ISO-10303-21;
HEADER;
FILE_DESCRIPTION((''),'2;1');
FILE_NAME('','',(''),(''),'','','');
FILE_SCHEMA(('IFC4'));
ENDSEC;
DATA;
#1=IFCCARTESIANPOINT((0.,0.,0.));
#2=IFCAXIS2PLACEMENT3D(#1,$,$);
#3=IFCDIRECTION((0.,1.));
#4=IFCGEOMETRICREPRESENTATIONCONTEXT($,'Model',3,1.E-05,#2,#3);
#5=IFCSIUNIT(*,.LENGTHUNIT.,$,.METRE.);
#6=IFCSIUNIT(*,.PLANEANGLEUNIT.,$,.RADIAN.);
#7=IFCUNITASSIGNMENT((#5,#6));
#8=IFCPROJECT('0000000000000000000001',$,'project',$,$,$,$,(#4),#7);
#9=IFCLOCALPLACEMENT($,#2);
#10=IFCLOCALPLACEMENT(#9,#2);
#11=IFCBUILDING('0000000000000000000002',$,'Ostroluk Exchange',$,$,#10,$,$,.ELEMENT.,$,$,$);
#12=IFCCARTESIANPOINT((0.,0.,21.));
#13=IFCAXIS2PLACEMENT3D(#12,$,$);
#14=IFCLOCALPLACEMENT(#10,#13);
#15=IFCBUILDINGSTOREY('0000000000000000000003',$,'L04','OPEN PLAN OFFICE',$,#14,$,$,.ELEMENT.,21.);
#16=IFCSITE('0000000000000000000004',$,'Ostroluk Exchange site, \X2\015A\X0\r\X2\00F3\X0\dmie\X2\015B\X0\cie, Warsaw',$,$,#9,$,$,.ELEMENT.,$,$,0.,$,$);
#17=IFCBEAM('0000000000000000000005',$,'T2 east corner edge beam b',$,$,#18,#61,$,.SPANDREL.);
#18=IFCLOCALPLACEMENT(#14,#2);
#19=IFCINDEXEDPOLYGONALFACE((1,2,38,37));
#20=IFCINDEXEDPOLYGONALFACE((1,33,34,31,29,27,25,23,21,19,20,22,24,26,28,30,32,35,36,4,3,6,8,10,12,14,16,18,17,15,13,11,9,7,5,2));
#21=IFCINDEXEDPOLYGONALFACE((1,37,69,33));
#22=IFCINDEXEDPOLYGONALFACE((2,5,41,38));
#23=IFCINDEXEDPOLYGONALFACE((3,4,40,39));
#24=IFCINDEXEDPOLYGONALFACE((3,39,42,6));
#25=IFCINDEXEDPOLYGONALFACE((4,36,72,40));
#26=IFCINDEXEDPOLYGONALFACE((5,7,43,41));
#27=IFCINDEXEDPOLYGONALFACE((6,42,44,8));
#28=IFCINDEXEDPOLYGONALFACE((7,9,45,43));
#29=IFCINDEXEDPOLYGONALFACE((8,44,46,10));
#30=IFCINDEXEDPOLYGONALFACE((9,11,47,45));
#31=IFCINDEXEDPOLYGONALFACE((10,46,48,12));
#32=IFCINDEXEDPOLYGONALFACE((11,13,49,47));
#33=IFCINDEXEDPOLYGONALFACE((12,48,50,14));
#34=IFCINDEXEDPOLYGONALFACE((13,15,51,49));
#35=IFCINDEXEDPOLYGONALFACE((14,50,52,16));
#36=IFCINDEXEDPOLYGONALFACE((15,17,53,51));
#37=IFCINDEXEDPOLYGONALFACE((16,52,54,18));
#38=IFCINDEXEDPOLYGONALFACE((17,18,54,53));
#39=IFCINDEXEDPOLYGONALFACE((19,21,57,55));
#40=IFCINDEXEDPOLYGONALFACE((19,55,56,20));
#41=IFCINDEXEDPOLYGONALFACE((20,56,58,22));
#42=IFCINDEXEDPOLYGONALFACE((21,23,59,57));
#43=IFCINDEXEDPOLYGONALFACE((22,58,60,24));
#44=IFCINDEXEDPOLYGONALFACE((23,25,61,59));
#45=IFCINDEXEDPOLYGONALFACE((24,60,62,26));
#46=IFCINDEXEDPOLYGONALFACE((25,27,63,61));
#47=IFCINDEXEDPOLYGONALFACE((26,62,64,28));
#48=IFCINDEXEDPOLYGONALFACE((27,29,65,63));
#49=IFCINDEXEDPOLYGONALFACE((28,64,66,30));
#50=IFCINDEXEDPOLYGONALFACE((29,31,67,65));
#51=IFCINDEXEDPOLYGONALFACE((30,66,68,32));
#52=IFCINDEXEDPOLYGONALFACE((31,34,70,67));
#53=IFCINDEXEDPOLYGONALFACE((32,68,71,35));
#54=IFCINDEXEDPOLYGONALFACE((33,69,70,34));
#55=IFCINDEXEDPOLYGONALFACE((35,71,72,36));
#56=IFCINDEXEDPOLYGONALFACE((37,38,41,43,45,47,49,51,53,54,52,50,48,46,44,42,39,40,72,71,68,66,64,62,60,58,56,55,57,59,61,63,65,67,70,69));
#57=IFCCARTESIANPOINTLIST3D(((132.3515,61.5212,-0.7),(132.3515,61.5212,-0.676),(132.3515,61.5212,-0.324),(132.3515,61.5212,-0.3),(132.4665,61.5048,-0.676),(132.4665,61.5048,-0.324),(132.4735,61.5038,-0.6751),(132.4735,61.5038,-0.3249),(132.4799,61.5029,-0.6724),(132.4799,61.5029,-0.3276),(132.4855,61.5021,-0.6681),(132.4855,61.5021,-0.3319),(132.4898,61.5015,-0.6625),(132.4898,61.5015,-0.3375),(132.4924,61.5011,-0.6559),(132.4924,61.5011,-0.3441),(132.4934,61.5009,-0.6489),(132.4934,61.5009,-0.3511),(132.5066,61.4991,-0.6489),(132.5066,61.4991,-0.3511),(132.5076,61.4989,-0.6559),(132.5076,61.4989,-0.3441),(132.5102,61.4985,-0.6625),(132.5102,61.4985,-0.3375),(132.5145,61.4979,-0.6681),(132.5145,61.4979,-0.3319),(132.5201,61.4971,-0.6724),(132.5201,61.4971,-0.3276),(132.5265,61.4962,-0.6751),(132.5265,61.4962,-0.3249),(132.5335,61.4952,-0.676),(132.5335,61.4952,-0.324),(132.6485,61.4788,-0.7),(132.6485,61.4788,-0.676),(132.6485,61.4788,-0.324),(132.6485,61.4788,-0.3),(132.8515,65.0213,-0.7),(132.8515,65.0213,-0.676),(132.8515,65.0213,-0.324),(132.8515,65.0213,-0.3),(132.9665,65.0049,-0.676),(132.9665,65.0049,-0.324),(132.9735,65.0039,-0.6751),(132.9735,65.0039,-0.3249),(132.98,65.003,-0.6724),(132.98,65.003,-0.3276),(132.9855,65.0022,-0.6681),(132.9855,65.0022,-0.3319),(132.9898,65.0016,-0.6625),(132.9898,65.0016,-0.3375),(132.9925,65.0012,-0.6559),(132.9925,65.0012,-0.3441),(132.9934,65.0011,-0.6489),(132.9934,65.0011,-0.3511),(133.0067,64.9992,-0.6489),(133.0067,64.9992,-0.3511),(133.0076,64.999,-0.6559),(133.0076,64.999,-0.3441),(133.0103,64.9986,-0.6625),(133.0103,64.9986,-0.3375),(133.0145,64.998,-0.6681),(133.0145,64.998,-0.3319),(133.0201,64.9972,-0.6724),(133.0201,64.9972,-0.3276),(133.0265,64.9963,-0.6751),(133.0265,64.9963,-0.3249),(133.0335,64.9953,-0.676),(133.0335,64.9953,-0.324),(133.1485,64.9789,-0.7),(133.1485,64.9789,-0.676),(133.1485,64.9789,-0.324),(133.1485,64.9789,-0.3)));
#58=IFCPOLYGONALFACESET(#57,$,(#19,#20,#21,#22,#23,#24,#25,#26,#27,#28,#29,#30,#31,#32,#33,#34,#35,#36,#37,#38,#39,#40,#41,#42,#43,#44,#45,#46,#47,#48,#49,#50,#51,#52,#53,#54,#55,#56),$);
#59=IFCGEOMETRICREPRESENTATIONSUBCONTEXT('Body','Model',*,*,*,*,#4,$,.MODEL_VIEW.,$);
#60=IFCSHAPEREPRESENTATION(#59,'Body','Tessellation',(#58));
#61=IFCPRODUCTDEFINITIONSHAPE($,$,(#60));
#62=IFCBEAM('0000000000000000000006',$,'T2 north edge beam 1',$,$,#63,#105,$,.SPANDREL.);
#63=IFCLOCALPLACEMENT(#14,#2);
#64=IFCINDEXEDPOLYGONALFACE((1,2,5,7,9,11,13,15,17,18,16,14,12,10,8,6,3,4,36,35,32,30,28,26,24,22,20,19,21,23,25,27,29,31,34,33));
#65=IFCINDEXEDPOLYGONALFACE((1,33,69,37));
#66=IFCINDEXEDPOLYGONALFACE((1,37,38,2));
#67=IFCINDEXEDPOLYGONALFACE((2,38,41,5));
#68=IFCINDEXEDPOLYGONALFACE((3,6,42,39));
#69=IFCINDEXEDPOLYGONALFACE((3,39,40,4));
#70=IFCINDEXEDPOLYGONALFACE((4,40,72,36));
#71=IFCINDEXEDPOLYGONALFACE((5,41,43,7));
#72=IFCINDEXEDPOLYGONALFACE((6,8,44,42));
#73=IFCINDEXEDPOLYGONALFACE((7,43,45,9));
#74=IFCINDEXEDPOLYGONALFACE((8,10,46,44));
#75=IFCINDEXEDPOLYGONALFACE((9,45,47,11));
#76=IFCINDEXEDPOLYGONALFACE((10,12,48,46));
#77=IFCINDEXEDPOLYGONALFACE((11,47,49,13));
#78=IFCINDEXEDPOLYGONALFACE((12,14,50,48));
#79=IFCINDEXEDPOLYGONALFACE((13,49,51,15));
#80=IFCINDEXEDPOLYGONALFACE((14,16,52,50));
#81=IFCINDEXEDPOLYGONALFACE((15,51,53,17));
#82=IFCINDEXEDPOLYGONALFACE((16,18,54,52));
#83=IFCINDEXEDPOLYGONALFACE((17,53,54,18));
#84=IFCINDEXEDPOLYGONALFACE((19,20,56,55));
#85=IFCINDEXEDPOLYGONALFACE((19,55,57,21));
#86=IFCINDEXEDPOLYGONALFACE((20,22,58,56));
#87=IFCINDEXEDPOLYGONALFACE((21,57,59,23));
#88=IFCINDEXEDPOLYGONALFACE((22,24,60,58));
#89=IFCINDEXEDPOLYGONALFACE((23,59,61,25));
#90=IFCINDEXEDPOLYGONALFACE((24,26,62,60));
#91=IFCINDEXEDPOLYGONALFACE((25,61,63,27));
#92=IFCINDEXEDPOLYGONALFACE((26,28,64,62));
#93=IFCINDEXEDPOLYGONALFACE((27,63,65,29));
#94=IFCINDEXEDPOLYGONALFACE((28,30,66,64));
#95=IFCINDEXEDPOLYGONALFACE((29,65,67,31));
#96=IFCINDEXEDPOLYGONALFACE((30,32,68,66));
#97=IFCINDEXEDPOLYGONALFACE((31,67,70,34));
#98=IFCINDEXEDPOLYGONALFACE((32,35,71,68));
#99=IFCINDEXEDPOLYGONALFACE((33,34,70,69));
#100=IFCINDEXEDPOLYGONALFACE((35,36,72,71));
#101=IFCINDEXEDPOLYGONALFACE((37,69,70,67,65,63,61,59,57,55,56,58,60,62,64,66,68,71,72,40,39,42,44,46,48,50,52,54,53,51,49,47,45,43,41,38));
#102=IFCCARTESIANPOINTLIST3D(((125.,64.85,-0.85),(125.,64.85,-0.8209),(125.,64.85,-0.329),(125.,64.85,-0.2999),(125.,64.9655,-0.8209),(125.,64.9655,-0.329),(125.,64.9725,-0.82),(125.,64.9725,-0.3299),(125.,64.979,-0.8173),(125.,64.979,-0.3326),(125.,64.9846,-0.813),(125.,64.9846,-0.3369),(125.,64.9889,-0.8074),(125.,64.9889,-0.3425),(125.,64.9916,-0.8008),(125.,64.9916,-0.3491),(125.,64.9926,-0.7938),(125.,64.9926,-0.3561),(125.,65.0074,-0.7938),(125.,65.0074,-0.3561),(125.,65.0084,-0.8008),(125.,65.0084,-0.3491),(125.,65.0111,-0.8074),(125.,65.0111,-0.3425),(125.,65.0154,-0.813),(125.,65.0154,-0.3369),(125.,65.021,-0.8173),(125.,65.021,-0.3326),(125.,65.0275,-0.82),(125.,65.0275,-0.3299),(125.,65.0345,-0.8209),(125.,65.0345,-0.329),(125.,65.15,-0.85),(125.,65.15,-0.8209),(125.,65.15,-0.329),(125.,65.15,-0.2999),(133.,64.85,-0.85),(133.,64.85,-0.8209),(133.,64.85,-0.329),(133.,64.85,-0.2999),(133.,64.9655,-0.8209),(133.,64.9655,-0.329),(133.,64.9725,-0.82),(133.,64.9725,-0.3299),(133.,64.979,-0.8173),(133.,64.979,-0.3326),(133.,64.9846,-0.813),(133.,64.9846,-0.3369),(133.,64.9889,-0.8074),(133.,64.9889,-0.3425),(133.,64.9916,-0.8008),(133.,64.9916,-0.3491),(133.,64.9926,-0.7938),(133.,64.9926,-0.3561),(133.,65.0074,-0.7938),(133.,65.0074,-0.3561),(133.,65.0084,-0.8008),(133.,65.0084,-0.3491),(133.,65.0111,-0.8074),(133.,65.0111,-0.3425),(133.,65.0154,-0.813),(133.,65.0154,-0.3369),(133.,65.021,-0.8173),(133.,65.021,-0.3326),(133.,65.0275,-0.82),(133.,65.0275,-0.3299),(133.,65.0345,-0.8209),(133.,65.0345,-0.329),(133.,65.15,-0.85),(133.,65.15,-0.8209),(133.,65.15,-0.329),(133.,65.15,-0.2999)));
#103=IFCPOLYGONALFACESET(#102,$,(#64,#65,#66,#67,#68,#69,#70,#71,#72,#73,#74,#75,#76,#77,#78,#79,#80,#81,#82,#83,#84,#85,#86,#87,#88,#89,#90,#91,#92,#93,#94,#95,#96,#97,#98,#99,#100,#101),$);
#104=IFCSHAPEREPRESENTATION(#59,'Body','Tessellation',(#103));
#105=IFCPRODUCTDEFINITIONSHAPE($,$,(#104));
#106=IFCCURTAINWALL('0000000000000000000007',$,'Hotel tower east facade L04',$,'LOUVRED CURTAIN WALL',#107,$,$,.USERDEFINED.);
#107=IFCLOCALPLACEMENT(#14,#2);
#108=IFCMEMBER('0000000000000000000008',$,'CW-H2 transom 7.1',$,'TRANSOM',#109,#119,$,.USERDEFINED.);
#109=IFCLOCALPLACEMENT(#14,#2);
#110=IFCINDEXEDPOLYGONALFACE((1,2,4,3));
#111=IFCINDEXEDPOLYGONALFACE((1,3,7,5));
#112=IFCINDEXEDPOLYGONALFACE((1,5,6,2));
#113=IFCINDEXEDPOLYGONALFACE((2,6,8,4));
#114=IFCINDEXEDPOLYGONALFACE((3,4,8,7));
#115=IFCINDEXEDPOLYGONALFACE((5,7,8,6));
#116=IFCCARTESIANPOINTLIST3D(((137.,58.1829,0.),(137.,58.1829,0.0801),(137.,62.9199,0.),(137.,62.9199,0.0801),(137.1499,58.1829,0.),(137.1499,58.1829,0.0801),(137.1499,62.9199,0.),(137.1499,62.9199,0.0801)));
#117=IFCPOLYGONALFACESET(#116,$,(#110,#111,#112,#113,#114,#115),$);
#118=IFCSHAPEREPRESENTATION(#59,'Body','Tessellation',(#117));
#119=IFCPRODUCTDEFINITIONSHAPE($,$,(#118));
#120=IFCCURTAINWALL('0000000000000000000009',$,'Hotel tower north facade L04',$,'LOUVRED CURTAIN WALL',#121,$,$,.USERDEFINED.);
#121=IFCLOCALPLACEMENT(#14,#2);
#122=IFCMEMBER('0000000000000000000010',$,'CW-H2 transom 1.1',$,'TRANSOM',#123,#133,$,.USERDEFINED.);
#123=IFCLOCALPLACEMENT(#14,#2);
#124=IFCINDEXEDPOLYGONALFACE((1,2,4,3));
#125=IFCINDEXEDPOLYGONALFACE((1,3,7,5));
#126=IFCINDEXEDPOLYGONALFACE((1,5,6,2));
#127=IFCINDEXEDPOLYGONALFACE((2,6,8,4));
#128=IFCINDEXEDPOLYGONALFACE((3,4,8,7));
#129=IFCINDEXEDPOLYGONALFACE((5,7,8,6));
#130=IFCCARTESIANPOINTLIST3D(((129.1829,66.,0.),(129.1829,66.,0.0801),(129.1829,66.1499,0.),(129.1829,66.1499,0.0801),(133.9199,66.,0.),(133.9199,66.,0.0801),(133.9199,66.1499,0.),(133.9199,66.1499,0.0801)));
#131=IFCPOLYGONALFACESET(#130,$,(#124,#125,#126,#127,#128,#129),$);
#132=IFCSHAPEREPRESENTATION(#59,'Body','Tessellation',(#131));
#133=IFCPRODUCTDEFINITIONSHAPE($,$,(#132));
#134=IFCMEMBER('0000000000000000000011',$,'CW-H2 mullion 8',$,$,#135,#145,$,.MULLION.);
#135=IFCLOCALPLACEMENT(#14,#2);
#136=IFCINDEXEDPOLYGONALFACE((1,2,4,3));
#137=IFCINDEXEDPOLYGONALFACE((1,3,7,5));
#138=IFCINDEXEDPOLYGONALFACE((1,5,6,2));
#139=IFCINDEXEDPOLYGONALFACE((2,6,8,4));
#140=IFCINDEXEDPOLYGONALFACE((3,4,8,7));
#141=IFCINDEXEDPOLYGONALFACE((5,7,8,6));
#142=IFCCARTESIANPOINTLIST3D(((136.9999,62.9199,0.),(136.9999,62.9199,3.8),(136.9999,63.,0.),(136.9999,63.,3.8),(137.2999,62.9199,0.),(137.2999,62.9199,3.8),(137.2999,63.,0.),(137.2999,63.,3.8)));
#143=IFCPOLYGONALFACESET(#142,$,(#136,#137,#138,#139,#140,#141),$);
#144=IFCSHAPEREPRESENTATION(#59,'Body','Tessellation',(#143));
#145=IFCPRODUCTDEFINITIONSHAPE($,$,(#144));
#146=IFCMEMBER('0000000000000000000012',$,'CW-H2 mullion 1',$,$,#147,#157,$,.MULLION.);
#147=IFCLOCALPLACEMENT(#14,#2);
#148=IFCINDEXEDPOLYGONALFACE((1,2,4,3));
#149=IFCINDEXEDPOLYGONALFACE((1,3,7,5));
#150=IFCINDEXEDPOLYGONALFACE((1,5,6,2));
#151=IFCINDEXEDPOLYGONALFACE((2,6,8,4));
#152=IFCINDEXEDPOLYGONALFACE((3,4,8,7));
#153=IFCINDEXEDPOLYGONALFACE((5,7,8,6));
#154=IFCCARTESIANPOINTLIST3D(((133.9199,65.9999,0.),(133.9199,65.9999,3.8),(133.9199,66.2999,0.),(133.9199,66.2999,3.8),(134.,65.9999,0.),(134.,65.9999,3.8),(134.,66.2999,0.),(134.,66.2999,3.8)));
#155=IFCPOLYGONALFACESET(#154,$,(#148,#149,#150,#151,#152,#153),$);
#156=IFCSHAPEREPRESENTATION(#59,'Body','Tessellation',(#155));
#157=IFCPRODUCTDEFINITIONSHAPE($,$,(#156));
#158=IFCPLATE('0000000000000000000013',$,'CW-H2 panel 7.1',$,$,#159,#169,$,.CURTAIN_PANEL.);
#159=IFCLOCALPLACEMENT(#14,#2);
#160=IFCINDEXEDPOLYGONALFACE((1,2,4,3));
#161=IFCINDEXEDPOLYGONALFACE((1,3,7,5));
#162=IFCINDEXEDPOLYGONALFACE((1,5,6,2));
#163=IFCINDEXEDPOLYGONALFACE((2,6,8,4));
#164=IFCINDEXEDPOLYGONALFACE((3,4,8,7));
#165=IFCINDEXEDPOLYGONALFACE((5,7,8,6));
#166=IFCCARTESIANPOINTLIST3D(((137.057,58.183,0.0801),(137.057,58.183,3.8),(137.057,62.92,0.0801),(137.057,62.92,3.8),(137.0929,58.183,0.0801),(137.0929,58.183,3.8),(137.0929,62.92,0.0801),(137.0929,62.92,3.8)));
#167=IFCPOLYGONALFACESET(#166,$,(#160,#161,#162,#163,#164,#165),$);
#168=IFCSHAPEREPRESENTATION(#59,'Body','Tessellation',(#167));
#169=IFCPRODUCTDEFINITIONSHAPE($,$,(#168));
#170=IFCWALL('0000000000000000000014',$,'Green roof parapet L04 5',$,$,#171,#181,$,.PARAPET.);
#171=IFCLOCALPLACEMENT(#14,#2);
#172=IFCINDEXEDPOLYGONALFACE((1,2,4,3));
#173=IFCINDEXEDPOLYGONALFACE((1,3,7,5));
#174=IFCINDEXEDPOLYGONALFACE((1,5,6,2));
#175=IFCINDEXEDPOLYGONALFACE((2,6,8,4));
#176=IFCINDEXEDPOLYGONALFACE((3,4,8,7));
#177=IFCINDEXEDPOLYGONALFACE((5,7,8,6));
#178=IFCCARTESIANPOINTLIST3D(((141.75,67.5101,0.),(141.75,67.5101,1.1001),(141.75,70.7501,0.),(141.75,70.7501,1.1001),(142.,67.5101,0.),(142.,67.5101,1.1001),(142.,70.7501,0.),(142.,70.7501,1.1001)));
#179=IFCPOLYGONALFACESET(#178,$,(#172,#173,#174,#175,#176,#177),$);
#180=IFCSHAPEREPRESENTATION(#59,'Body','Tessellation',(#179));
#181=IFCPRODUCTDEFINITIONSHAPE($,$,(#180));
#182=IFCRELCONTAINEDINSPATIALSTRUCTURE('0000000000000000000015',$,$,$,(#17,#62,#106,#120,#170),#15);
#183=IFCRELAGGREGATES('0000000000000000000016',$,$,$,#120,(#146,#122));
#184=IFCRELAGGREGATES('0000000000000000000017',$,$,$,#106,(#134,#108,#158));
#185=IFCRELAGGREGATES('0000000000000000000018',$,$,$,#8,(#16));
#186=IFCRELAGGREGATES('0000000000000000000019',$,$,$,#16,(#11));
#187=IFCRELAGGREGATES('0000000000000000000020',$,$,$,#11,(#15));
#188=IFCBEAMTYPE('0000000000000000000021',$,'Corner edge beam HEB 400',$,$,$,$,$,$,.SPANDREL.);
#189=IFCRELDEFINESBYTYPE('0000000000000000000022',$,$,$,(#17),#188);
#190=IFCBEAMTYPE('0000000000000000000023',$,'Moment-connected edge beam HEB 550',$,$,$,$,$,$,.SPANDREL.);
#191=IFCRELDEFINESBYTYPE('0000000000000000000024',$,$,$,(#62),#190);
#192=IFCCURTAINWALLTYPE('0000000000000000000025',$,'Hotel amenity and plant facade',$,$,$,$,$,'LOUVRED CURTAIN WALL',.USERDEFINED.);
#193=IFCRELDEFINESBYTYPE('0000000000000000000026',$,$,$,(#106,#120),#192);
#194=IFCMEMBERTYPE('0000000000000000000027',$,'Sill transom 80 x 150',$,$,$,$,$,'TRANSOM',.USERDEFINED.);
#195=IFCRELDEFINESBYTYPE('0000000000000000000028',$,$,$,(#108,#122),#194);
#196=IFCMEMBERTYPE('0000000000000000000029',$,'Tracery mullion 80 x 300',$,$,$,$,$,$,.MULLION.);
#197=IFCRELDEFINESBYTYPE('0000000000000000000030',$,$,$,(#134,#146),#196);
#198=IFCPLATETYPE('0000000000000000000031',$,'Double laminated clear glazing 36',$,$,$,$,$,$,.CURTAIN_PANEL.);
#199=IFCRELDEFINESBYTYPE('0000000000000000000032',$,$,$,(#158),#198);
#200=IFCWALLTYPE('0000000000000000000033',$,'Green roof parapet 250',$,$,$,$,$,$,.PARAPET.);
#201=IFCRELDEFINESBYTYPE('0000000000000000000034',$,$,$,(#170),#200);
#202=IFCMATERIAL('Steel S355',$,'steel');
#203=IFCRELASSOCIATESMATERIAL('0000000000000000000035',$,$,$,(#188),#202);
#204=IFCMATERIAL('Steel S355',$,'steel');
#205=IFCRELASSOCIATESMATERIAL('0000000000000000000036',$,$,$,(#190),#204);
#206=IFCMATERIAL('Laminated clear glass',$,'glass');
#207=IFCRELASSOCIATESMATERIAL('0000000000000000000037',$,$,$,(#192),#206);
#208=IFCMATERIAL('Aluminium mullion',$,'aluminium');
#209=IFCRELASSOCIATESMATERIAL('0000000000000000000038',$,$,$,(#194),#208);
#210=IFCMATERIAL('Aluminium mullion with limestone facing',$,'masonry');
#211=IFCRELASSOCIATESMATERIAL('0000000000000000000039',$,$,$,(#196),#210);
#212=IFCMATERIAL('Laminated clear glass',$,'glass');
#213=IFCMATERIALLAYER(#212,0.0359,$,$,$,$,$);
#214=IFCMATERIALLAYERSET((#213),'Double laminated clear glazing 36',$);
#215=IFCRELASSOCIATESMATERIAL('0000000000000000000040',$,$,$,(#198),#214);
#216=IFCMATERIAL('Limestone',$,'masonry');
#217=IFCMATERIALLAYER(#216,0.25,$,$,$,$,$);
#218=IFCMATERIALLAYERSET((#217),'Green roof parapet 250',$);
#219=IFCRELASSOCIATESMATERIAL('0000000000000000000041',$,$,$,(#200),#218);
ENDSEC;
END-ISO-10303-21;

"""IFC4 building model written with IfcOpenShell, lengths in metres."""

from ifc_helpers import new_model, si_unit, direction, frame, frame_2d, origin, origin_2d, place, context, subcontext, project, spatial, rectangle, i_section, extrude, material, layer, layer_set, material_profile, profile_set, type_object, element, aggregate, save


model = new_model("IFC4")

# Units and contexts
model_context = context("Model", 3, precision=1e-05, world=origin(), true_north=direction((0.0, 1.0)))
body_context = subcontext(model_context, "Body", "Model", "MODEL_VIEW")
ifc_project = project(units=[si_unit("LENGTHUNIT", "METRE"), si_unit("PLANEANGLEUNIT", "RADIAN")], contexts=[model_context])

# Site, building, storey
site_placement = place(None, origin())
site = spatial("IfcSite", under=ifc_project, at=site_placement, Name="Ostroluk Exchange site, Śródmieście, Warsaw", CompositionType="ELEMENT", RefElevation=0.0)
building_placement = place(site_placement, origin())
building = spatial("IfcBuilding", under=site, at=building_placement, Name="Ostroluk Exchange", CompositionType="ELEMENT")
storey_placement = place(building_placement, frame((0.0, 0.0, 21.0)))
storey = spatial("IfcBuildingStorey", under=building, at=storey_placement, Name="L04", Description="OPEN PLAN OFFICE", CompositionType="ELEMENT", Elevation=21.0)

# Beams
ifc_material_1 = material(Name="Steel S355", Category="steel")
ifc_material_profile_1 = material_profile(ifc_material_1, i_section(OverallWidth=0.3, OverallDepth=0.3999, WebThickness=0.0134, FlangeThickness=0.0239, FilletRadius=0.0271, at=origin_2d()), Name="HEB 400")
ifc_profile_set_1 = profile_set([ifc_material_profile_1], Name="Steel S355")
beam_type_1 = type_object("IfcBeamType", Name="Corner edge beam HEB 400", PredefinedType="SPANDREL", material=ifc_profile_set_1)
for number, where, z_axis, x_axis, name in (
    (1, (132.5, 61.5, -0.5), (0.141421, 0.989949, 0.0), (-0.989949, 0.141421, 0.0), "T2 east corner edge beam b"),
):
    element("IfcBeam", number, at=place(storey_placement, frame(where, z_axis=z_axis, x_axis=x_axis)), inside=storey, type_object=beam_type_1, Name=name, PredefinedType="SPANDREL", context=body_context, shape_type="SweptSolid", body=[
        extrude(i_section(OverallWidth=0.3, OverallDepth=0.3999, WebThickness=0.0134, FlangeThickness=0.0239, FilletRadius=0.0271, at=origin_2d()), origin(), (0.0, 0.0, 1.0), 3.5356),
    ])
ifc_material_2 = material(Name="Steel S355", Category="steel")
ifc_material_profile_2 = material_profile(ifc_material_2, i_section(OverallWidth=0.3, OverallDepth=0.55, WebThickness=0.0149, FlangeThickness=0.0291, FilletRadius=0.0271, at=origin_2d()), Name="HEB 550")
ifc_profile_set_2 = profile_set([ifc_material_profile_2], Name="Steel S355")
beam_type_2 = type_object("IfcBeamType", Name="Moment-connected edge beam HEB 550", PredefinedType="SPANDREL", material=ifc_profile_set_2)
beam_placement = place(storey_placement, frame((133.0, 65.0, -0.575), z_axis=(-1.0, 0.0, 0.0), x_axis=(0.0, -1.0, 0.0)))
element("IfcBeam", 2, at=beam_placement, inside=storey, type_object=beam_type_2, Name="T2 north edge beam 1", PredefinedType="SPANDREL", context=body_context, shape_type="SweptSolid", body=[
    extrude(i_section(OverallWidth=0.3, OverallDepth=0.55, WebThickness=0.0149, FlangeThickness=0.0291, FilletRadius=0.0271, at=origin_2d()), origin(), (0.0, 0.0, 1.0), 8.0),
])

# Curtain walls, members
ifc_material_3 = material(Name="Laminated clear glass", Category="glass")
curtain_wall_type = type_object("IfcCurtainWallType", Name="Hotel amenity and plant facade", ElementType="LOUVRED CURTAIN WALL", PredefinedType="USERDEFINED", material=ifc_material_3)
curtain_wall_1_placement = place(storey_placement, origin())
curtain_wall_1 = element("IfcCurtainWall", 3, at=curtain_wall_1_placement, inside=storey, type_object=curtain_wall_type, Name="Hotel tower east facade L04", ObjectType="LOUVRED CURTAIN WALL", PredefinedType="USERDEFINED")
ifc_material_4 = material(Name="Aluminium mullion", Category="aluminium")
ifc_material_profile_3 = material_profile(ifc_material_4, rectangle(XDim=0.1499, YDim=0.0801, at=origin_2d()), Name="Sill transom 80 x 150")
ifc_profile_set_3 = profile_set([ifc_material_profile_3], Name="Aluminium mullion")
member_type_1 = type_object("IfcMemberType", Name="Sill transom 80 x 150", ElementType="TRANSOM", PredefinedType="USERDEFINED", material=ifc_profile_set_3)
member_1_placement = place(storey_placement, frame((137.075, 58.1829, 0.04), z_axis=(0.0, 1.0, 0.0), x_axis=(-1.0, 0.0, 0.0)))
member_1 = element("IfcMember", 4, at=member_1_placement, type_object=member_type_1, Name="CW-H2 transom 7.1", ObjectType="TRANSOM", PredefinedType="USERDEFINED", context=body_context, shape_type="SweptSolid", body=[
    extrude(rectangle(XDim=0.1499, YDim=0.0801, at=origin_2d()), origin(), (0.0, 0.0, 1.0), 4.7371),
])
curtain_wall_2_placement = place(storey_placement, origin())
curtain_wall_2 = element("IfcCurtainWall", 5, at=curtain_wall_2_placement, inside=storey, type_object=curtain_wall_type, Name="Hotel tower north facade L04", ObjectType="LOUVRED CURTAIN WALL", PredefinedType="USERDEFINED")
member_2_placement = place(storey_placement, frame((133.9199, 66.075, 0.04), z_axis=(-1.0, 0.0, 0.0), x_axis=(0.0, -1.0, 0.0)))
member_2 = element("IfcMember", 6, at=member_2_placement, type_object=member_type_1, Name="CW-H2 transom 1.1", ObjectType="TRANSOM", PredefinedType="USERDEFINED", context=body_context, shape_type="SweptSolid", body=[
    extrude(rectangle(XDim=0.1499, YDim=0.0801, at=origin_2d()), origin(), (0.0, 0.0, 1.0), 4.7371),
])

# Members
ifc_material_5 = material(Name="Aluminium mullion with limestone facing", Category="masonry")
ifc_material_profile_4 = material_profile(ifc_material_5, rectangle(XDim=0.3, YDim=0.0801, at=origin_2d()), Name="Tracery mullion 80 x 300")
ifc_profile_set_4 = profile_set([ifc_material_profile_4], Name="Aluminium mullion with limestone facing")
member_type_2 = type_object("IfcMemberType", Name="Tracery mullion 80 x 300", PredefinedType="MULLION", material=ifc_profile_set_4)
member_3_placement = place(storey_placement, frame((137.1499, 62.96, 0.0), z_axis=(0.0, 0.0, 1.0), x_axis=(-1.0, 0.0, 0.0)))
member_3 = element("IfcMember", 7, at=member_3_placement, type_object=member_type_2, Name="CW-H2 mullion 8", PredefinedType="MULLION", context=body_context, shape_type="SweptSolid", body=[
    extrude(rectangle(XDim=0.3, YDim=0.0801, at=origin_2d()), origin(), (0.0, 0.0, 1.0), 3.8),
])
member_4_placement = place(storey_placement, frame((133.96, 66.1499, 0.0), z_axis=(0.0, 0.0, 1.0), x_axis=(0.0, -1.0, 0.0)))
member_4 = element("IfcMember", 8, at=member_4_placement, type_object=member_type_2, Name="CW-H2 mullion 1", PredefinedType="MULLION", context=body_context, shape_type="SweptSolid", body=[
    extrude(rectangle(XDim=0.3, YDim=0.0801, at=origin_2d()), origin(), (0.0, 0.0, 1.0), 3.8),
])
aggregate(curtain_wall_2, [member_4, member_2])

# Plate
ifc_material_6 = material(Name="Laminated clear glass", Category="glass")
ifc_layer_1 = layer(ifc_material_6, 0.0359)
ifc_layer_set_1 = layer_set([ifc_layer_1], Name="Double laminated clear glazing 36")
plate_type = type_object("IfcPlateType", Name="Double laminated clear glazing 36", PredefinedType="CURTAIN_PANEL", material=ifc_layer_set_1)
plate_placement = place(storey_placement, frame((137.075, 60.5515, 0.0801), z_axis=(0.0, 0.0, 1.0), x_axis=(0.0, 1.0, 0.0)))
plate = element("IfcPlate", 9, at=plate_placement, type_object=plate_type, Name="CW-H2 panel 7.1", PredefinedType="CURTAIN_PANEL", context=body_context, shape_type="SweptSolid", body=[
    extrude(rectangle(XDim=4.7371, YDim=0.0359, at=origin_2d()), origin(), (0.0, 0.0, 1.0), 3.72),
])
aggregate(curtain_wall_1, [member_3, member_1, plate])

# Wall
ifc_material_7 = material(Name="Limestone", Category="masonry")
ifc_layer_2 = layer(ifc_material_7, 0.25)
ifc_layer_set_2 = layer_set([ifc_layer_2], Name="Green roof parapet 250")
wall_type_1 = type_object("IfcWallType", Name="Green roof parapet 250", PredefinedType="PARAPET", material=ifc_layer_set_2)
wall_1_placement = place(storey_placement, frame((141.875, 67.51, 0.0), z_axis=(0.0, 0.0, 1.0), x_axis=(0.0, 1.0, 0.0)))
element("IfcWall", 10, at=wall_1_placement, inside=storey, type_object=wall_type_1, Name="Green roof parapet L04 5", PredefinedType="PARAPET", context=body_context, shape_type="SweptSolid", body=[
    extrude(rectangle(XDim=3.24, YDim=0.25, at=frame_2d((1.6201, 0.0))), origin(), (0.0, 0.0, 1.0), 1.1001),
])

save(model, "model.ifc")
